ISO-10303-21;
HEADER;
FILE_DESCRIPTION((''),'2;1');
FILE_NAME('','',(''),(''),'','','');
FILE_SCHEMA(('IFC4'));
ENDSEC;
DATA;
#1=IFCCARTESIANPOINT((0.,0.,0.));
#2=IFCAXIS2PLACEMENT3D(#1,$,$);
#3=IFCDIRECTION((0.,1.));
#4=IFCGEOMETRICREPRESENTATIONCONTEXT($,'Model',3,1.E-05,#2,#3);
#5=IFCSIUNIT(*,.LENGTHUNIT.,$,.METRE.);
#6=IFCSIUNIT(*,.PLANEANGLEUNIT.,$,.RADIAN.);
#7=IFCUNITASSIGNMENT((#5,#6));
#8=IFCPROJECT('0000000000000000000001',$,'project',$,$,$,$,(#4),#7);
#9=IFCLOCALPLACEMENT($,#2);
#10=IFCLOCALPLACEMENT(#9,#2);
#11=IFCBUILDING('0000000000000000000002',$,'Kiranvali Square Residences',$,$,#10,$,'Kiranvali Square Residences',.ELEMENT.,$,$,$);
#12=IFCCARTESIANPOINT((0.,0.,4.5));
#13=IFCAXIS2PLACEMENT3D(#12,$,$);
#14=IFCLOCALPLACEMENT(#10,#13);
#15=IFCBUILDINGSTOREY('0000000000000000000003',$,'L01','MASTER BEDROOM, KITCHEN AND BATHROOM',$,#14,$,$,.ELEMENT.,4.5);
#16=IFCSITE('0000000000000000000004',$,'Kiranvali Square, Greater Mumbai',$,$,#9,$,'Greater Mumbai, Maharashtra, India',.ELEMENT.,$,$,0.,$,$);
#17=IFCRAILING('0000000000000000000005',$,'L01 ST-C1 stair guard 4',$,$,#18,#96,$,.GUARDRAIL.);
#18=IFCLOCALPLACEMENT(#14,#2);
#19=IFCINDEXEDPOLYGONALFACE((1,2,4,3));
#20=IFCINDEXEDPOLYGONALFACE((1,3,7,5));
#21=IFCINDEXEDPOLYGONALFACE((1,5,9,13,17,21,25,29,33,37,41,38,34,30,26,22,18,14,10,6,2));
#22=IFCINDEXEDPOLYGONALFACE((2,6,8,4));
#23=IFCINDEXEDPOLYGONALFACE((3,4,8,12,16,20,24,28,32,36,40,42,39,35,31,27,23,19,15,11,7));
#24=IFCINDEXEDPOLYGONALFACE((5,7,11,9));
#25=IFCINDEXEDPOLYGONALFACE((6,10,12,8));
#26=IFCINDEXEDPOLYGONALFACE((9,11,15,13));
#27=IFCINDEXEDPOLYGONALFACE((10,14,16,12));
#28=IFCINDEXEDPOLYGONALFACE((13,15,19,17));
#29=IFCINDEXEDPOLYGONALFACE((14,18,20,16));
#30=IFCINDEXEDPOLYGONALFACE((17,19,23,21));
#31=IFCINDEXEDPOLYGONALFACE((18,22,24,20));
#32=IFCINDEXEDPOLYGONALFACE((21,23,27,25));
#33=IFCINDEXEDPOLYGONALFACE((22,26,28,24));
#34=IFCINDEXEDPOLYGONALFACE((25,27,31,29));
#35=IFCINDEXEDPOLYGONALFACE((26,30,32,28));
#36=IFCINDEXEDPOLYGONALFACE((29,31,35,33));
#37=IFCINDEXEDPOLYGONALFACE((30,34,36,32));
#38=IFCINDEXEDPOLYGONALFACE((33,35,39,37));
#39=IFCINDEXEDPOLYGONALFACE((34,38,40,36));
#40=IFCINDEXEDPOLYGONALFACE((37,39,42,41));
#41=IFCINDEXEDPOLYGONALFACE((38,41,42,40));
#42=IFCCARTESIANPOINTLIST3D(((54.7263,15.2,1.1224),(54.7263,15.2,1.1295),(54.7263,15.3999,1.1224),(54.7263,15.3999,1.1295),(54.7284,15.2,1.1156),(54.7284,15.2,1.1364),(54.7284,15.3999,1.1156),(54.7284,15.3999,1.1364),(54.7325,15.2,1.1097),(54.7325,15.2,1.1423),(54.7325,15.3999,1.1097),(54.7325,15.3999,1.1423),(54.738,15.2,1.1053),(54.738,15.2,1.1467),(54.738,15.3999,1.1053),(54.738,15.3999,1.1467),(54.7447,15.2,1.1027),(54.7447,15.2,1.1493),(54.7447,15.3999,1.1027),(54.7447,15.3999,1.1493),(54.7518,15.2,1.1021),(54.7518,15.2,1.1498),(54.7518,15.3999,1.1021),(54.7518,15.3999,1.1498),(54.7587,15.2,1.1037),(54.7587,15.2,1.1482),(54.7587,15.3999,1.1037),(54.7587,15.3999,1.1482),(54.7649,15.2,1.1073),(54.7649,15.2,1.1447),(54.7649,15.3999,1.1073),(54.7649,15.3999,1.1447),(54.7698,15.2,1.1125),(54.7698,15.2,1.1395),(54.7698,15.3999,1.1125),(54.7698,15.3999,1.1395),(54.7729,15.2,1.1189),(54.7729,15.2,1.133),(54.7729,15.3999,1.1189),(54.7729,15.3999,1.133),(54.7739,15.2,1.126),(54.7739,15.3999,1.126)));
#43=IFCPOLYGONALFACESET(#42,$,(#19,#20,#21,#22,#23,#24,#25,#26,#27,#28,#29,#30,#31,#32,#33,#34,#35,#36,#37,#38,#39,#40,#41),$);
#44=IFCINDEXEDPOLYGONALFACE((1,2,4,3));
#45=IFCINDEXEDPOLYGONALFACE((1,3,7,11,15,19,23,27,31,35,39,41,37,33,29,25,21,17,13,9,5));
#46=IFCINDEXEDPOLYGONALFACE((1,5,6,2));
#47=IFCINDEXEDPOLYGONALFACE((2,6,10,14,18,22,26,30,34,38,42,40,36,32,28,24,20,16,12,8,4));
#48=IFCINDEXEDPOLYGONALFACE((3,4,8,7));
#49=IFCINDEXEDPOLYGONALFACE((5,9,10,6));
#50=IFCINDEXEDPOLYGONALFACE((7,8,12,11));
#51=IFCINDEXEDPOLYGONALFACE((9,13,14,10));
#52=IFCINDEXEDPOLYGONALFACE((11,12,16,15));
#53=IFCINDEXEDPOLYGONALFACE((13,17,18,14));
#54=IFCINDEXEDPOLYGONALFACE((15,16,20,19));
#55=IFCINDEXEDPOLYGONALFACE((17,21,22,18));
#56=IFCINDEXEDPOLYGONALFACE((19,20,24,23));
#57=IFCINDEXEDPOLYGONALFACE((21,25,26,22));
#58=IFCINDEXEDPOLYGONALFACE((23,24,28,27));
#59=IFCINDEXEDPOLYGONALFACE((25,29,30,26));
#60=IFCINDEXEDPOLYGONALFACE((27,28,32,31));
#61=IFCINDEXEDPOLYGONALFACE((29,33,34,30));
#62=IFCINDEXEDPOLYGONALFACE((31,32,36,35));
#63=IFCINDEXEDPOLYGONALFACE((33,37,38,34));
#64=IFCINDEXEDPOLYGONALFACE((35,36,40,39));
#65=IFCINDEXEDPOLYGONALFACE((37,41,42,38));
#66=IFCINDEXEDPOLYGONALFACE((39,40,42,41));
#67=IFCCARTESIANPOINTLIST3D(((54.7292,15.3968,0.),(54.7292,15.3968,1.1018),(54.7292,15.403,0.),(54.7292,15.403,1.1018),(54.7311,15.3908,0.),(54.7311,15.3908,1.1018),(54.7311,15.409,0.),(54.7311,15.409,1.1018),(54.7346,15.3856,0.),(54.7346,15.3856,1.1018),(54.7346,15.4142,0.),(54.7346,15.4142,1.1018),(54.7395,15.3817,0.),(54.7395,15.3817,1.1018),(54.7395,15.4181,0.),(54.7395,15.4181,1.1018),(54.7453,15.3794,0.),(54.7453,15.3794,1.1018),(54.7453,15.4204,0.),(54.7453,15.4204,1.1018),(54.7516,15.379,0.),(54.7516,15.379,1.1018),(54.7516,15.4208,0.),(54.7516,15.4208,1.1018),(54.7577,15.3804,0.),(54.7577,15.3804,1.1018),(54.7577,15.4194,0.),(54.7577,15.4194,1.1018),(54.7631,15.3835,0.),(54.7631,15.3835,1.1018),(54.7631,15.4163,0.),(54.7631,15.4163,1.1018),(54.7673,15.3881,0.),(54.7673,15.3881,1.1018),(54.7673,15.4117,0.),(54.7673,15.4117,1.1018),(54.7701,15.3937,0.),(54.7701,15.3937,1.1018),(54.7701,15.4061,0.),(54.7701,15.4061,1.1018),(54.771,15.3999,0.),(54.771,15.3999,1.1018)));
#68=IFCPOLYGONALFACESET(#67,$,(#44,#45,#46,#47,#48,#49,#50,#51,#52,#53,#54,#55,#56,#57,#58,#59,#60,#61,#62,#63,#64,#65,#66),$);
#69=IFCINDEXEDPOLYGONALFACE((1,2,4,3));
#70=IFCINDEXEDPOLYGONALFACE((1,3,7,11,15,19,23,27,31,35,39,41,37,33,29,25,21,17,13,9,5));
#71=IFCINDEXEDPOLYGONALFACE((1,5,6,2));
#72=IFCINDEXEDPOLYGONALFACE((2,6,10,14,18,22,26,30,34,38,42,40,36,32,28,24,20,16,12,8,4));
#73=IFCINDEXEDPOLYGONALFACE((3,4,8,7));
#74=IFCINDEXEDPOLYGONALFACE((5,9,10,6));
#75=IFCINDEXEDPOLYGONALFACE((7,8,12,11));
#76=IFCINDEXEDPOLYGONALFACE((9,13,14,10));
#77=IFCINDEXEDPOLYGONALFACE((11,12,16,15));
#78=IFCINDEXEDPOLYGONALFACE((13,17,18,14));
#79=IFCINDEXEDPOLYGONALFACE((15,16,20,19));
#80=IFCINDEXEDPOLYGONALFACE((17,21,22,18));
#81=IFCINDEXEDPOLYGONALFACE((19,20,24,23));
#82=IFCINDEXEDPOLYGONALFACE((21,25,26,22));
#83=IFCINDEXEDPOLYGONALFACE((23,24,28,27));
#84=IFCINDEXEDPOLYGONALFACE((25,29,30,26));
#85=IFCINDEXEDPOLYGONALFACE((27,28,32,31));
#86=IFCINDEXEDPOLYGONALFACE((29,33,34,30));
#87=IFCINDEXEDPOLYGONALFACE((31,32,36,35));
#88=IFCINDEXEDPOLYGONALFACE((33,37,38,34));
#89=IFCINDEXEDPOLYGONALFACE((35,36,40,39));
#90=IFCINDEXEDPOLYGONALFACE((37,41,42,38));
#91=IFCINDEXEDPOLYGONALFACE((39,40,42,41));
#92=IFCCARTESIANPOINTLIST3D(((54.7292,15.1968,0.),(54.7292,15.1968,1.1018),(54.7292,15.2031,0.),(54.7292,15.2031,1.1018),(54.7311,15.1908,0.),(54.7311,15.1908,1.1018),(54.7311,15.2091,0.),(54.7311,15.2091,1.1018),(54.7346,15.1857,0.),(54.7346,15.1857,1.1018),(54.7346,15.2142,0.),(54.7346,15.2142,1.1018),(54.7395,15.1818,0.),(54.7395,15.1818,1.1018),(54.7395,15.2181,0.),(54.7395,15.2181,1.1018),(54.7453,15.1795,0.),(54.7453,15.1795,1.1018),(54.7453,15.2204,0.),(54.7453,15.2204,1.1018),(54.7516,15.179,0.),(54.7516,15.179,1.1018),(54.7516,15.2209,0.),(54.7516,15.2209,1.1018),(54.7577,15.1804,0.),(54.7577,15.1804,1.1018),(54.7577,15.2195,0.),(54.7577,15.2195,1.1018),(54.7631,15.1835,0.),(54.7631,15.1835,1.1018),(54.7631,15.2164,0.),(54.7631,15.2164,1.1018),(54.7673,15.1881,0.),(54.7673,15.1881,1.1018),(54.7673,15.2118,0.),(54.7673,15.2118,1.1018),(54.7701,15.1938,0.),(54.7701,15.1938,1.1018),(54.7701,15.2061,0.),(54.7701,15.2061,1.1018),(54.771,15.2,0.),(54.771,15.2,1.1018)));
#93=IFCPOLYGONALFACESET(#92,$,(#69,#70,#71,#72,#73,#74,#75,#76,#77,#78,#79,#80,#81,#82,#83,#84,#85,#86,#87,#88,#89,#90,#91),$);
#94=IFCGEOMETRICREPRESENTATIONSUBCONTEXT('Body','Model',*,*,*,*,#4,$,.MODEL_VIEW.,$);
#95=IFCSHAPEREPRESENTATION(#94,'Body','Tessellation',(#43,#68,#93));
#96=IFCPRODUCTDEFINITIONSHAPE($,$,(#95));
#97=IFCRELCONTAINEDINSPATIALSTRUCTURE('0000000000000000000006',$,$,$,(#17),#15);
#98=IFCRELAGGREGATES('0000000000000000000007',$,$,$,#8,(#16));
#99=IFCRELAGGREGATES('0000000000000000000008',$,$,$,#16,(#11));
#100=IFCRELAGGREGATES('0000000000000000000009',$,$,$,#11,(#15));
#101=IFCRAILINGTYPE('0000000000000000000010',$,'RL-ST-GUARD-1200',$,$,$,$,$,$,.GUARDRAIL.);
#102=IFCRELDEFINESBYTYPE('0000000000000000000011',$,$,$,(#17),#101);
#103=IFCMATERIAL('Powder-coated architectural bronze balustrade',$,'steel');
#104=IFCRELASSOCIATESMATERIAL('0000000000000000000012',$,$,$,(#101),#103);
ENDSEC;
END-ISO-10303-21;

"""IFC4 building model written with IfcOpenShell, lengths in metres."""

from ifc_helpers import new_model, si_unit, direction, frame, origin, origin_2d, place, context, subcontext, project, spatial, circle, extrude, material, type_object, element, save


model = new_model("IFC4")

# Units and contexts
model_context = context("Model", 3, precision=1e-05, world=origin(), true_north=direction((0.0, 1.0)))
body_context = subcontext(model_context, "Body", "Model", "MODEL_VIEW")
ifc_project = project(units=[si_unit("LENGTHUNIT", "METRE"), si_unit("PLANEANGLEUNIT", "RADIAN")], contexts=[model_context])

# Site, building, storey
site_placement = place(None, origin())
site = spatial("IfcSite", under=ifc_project, at=site_placement, Name="Kiranvali Square, Greater Mumbai", LongName="Greater Mumbai, Maharashtra, India", CompositionType="ELEMENT", RefElevation=0.0)
building_placement = place(site_placement, origin())
building = spatial("IfcBuilding", under=site, at=building_placement, Name="Kiranvali Square Residences", LongName="Kiranvali Square Residences", CompositionType="ELEMENT")
storey_placement = place(building_placement, frame((0.0, 0.0, 4.5)))
storey = spatial("IfcBuildingStorey", under=building, at=storey_placement, Name="L01", Description="MASTER BEDROOM, KITCHEN AND BATHROOM", CompositionType="ELEMENT", Elevation=4.5)

# Railing
ifc_material_1 = material(Name="Powder-coated architectural bronze balustrade", Category="steel")
railing_type = type_object("IfcRailingType", Name="RL-ST-GUARD-1200", PredefinedType="GUARDRAIL", material=ifc_material_1)
railing_1_placement = place(storey_placement, frame((54.75, 15.3999, 0.0)))
element("IfcRailing", 1, at=railing_1_placement, inside=storey, type_object=railing_type, Name="L01 ST-C1 stair guard 4", PredefinedType="GUARDRAIL", context=body_context, shape_type="SweptSolid", body=[
    extrude(circle(Radius=0.0239, at=origin_2d()), frame((0.0, 0.0, 1.126), z_axis=(0.0, -1.0, 0.0), x_axis=(1.0, 0.0, 0.0)), (0.0, 0.0, 1.0), 0.2),
    extrude(circle(Radius=0.021, at=origin_2d()), origin(), (0.0, 0.0, 1.0), 1.1018),
    extrude(circle(Radius=0.021, at=origin_2d()), frame((0.0, -0.2, 0.0)), (0.0, 0.0, 1.0), 1.1018),
])

save(model, "model.ifc")
